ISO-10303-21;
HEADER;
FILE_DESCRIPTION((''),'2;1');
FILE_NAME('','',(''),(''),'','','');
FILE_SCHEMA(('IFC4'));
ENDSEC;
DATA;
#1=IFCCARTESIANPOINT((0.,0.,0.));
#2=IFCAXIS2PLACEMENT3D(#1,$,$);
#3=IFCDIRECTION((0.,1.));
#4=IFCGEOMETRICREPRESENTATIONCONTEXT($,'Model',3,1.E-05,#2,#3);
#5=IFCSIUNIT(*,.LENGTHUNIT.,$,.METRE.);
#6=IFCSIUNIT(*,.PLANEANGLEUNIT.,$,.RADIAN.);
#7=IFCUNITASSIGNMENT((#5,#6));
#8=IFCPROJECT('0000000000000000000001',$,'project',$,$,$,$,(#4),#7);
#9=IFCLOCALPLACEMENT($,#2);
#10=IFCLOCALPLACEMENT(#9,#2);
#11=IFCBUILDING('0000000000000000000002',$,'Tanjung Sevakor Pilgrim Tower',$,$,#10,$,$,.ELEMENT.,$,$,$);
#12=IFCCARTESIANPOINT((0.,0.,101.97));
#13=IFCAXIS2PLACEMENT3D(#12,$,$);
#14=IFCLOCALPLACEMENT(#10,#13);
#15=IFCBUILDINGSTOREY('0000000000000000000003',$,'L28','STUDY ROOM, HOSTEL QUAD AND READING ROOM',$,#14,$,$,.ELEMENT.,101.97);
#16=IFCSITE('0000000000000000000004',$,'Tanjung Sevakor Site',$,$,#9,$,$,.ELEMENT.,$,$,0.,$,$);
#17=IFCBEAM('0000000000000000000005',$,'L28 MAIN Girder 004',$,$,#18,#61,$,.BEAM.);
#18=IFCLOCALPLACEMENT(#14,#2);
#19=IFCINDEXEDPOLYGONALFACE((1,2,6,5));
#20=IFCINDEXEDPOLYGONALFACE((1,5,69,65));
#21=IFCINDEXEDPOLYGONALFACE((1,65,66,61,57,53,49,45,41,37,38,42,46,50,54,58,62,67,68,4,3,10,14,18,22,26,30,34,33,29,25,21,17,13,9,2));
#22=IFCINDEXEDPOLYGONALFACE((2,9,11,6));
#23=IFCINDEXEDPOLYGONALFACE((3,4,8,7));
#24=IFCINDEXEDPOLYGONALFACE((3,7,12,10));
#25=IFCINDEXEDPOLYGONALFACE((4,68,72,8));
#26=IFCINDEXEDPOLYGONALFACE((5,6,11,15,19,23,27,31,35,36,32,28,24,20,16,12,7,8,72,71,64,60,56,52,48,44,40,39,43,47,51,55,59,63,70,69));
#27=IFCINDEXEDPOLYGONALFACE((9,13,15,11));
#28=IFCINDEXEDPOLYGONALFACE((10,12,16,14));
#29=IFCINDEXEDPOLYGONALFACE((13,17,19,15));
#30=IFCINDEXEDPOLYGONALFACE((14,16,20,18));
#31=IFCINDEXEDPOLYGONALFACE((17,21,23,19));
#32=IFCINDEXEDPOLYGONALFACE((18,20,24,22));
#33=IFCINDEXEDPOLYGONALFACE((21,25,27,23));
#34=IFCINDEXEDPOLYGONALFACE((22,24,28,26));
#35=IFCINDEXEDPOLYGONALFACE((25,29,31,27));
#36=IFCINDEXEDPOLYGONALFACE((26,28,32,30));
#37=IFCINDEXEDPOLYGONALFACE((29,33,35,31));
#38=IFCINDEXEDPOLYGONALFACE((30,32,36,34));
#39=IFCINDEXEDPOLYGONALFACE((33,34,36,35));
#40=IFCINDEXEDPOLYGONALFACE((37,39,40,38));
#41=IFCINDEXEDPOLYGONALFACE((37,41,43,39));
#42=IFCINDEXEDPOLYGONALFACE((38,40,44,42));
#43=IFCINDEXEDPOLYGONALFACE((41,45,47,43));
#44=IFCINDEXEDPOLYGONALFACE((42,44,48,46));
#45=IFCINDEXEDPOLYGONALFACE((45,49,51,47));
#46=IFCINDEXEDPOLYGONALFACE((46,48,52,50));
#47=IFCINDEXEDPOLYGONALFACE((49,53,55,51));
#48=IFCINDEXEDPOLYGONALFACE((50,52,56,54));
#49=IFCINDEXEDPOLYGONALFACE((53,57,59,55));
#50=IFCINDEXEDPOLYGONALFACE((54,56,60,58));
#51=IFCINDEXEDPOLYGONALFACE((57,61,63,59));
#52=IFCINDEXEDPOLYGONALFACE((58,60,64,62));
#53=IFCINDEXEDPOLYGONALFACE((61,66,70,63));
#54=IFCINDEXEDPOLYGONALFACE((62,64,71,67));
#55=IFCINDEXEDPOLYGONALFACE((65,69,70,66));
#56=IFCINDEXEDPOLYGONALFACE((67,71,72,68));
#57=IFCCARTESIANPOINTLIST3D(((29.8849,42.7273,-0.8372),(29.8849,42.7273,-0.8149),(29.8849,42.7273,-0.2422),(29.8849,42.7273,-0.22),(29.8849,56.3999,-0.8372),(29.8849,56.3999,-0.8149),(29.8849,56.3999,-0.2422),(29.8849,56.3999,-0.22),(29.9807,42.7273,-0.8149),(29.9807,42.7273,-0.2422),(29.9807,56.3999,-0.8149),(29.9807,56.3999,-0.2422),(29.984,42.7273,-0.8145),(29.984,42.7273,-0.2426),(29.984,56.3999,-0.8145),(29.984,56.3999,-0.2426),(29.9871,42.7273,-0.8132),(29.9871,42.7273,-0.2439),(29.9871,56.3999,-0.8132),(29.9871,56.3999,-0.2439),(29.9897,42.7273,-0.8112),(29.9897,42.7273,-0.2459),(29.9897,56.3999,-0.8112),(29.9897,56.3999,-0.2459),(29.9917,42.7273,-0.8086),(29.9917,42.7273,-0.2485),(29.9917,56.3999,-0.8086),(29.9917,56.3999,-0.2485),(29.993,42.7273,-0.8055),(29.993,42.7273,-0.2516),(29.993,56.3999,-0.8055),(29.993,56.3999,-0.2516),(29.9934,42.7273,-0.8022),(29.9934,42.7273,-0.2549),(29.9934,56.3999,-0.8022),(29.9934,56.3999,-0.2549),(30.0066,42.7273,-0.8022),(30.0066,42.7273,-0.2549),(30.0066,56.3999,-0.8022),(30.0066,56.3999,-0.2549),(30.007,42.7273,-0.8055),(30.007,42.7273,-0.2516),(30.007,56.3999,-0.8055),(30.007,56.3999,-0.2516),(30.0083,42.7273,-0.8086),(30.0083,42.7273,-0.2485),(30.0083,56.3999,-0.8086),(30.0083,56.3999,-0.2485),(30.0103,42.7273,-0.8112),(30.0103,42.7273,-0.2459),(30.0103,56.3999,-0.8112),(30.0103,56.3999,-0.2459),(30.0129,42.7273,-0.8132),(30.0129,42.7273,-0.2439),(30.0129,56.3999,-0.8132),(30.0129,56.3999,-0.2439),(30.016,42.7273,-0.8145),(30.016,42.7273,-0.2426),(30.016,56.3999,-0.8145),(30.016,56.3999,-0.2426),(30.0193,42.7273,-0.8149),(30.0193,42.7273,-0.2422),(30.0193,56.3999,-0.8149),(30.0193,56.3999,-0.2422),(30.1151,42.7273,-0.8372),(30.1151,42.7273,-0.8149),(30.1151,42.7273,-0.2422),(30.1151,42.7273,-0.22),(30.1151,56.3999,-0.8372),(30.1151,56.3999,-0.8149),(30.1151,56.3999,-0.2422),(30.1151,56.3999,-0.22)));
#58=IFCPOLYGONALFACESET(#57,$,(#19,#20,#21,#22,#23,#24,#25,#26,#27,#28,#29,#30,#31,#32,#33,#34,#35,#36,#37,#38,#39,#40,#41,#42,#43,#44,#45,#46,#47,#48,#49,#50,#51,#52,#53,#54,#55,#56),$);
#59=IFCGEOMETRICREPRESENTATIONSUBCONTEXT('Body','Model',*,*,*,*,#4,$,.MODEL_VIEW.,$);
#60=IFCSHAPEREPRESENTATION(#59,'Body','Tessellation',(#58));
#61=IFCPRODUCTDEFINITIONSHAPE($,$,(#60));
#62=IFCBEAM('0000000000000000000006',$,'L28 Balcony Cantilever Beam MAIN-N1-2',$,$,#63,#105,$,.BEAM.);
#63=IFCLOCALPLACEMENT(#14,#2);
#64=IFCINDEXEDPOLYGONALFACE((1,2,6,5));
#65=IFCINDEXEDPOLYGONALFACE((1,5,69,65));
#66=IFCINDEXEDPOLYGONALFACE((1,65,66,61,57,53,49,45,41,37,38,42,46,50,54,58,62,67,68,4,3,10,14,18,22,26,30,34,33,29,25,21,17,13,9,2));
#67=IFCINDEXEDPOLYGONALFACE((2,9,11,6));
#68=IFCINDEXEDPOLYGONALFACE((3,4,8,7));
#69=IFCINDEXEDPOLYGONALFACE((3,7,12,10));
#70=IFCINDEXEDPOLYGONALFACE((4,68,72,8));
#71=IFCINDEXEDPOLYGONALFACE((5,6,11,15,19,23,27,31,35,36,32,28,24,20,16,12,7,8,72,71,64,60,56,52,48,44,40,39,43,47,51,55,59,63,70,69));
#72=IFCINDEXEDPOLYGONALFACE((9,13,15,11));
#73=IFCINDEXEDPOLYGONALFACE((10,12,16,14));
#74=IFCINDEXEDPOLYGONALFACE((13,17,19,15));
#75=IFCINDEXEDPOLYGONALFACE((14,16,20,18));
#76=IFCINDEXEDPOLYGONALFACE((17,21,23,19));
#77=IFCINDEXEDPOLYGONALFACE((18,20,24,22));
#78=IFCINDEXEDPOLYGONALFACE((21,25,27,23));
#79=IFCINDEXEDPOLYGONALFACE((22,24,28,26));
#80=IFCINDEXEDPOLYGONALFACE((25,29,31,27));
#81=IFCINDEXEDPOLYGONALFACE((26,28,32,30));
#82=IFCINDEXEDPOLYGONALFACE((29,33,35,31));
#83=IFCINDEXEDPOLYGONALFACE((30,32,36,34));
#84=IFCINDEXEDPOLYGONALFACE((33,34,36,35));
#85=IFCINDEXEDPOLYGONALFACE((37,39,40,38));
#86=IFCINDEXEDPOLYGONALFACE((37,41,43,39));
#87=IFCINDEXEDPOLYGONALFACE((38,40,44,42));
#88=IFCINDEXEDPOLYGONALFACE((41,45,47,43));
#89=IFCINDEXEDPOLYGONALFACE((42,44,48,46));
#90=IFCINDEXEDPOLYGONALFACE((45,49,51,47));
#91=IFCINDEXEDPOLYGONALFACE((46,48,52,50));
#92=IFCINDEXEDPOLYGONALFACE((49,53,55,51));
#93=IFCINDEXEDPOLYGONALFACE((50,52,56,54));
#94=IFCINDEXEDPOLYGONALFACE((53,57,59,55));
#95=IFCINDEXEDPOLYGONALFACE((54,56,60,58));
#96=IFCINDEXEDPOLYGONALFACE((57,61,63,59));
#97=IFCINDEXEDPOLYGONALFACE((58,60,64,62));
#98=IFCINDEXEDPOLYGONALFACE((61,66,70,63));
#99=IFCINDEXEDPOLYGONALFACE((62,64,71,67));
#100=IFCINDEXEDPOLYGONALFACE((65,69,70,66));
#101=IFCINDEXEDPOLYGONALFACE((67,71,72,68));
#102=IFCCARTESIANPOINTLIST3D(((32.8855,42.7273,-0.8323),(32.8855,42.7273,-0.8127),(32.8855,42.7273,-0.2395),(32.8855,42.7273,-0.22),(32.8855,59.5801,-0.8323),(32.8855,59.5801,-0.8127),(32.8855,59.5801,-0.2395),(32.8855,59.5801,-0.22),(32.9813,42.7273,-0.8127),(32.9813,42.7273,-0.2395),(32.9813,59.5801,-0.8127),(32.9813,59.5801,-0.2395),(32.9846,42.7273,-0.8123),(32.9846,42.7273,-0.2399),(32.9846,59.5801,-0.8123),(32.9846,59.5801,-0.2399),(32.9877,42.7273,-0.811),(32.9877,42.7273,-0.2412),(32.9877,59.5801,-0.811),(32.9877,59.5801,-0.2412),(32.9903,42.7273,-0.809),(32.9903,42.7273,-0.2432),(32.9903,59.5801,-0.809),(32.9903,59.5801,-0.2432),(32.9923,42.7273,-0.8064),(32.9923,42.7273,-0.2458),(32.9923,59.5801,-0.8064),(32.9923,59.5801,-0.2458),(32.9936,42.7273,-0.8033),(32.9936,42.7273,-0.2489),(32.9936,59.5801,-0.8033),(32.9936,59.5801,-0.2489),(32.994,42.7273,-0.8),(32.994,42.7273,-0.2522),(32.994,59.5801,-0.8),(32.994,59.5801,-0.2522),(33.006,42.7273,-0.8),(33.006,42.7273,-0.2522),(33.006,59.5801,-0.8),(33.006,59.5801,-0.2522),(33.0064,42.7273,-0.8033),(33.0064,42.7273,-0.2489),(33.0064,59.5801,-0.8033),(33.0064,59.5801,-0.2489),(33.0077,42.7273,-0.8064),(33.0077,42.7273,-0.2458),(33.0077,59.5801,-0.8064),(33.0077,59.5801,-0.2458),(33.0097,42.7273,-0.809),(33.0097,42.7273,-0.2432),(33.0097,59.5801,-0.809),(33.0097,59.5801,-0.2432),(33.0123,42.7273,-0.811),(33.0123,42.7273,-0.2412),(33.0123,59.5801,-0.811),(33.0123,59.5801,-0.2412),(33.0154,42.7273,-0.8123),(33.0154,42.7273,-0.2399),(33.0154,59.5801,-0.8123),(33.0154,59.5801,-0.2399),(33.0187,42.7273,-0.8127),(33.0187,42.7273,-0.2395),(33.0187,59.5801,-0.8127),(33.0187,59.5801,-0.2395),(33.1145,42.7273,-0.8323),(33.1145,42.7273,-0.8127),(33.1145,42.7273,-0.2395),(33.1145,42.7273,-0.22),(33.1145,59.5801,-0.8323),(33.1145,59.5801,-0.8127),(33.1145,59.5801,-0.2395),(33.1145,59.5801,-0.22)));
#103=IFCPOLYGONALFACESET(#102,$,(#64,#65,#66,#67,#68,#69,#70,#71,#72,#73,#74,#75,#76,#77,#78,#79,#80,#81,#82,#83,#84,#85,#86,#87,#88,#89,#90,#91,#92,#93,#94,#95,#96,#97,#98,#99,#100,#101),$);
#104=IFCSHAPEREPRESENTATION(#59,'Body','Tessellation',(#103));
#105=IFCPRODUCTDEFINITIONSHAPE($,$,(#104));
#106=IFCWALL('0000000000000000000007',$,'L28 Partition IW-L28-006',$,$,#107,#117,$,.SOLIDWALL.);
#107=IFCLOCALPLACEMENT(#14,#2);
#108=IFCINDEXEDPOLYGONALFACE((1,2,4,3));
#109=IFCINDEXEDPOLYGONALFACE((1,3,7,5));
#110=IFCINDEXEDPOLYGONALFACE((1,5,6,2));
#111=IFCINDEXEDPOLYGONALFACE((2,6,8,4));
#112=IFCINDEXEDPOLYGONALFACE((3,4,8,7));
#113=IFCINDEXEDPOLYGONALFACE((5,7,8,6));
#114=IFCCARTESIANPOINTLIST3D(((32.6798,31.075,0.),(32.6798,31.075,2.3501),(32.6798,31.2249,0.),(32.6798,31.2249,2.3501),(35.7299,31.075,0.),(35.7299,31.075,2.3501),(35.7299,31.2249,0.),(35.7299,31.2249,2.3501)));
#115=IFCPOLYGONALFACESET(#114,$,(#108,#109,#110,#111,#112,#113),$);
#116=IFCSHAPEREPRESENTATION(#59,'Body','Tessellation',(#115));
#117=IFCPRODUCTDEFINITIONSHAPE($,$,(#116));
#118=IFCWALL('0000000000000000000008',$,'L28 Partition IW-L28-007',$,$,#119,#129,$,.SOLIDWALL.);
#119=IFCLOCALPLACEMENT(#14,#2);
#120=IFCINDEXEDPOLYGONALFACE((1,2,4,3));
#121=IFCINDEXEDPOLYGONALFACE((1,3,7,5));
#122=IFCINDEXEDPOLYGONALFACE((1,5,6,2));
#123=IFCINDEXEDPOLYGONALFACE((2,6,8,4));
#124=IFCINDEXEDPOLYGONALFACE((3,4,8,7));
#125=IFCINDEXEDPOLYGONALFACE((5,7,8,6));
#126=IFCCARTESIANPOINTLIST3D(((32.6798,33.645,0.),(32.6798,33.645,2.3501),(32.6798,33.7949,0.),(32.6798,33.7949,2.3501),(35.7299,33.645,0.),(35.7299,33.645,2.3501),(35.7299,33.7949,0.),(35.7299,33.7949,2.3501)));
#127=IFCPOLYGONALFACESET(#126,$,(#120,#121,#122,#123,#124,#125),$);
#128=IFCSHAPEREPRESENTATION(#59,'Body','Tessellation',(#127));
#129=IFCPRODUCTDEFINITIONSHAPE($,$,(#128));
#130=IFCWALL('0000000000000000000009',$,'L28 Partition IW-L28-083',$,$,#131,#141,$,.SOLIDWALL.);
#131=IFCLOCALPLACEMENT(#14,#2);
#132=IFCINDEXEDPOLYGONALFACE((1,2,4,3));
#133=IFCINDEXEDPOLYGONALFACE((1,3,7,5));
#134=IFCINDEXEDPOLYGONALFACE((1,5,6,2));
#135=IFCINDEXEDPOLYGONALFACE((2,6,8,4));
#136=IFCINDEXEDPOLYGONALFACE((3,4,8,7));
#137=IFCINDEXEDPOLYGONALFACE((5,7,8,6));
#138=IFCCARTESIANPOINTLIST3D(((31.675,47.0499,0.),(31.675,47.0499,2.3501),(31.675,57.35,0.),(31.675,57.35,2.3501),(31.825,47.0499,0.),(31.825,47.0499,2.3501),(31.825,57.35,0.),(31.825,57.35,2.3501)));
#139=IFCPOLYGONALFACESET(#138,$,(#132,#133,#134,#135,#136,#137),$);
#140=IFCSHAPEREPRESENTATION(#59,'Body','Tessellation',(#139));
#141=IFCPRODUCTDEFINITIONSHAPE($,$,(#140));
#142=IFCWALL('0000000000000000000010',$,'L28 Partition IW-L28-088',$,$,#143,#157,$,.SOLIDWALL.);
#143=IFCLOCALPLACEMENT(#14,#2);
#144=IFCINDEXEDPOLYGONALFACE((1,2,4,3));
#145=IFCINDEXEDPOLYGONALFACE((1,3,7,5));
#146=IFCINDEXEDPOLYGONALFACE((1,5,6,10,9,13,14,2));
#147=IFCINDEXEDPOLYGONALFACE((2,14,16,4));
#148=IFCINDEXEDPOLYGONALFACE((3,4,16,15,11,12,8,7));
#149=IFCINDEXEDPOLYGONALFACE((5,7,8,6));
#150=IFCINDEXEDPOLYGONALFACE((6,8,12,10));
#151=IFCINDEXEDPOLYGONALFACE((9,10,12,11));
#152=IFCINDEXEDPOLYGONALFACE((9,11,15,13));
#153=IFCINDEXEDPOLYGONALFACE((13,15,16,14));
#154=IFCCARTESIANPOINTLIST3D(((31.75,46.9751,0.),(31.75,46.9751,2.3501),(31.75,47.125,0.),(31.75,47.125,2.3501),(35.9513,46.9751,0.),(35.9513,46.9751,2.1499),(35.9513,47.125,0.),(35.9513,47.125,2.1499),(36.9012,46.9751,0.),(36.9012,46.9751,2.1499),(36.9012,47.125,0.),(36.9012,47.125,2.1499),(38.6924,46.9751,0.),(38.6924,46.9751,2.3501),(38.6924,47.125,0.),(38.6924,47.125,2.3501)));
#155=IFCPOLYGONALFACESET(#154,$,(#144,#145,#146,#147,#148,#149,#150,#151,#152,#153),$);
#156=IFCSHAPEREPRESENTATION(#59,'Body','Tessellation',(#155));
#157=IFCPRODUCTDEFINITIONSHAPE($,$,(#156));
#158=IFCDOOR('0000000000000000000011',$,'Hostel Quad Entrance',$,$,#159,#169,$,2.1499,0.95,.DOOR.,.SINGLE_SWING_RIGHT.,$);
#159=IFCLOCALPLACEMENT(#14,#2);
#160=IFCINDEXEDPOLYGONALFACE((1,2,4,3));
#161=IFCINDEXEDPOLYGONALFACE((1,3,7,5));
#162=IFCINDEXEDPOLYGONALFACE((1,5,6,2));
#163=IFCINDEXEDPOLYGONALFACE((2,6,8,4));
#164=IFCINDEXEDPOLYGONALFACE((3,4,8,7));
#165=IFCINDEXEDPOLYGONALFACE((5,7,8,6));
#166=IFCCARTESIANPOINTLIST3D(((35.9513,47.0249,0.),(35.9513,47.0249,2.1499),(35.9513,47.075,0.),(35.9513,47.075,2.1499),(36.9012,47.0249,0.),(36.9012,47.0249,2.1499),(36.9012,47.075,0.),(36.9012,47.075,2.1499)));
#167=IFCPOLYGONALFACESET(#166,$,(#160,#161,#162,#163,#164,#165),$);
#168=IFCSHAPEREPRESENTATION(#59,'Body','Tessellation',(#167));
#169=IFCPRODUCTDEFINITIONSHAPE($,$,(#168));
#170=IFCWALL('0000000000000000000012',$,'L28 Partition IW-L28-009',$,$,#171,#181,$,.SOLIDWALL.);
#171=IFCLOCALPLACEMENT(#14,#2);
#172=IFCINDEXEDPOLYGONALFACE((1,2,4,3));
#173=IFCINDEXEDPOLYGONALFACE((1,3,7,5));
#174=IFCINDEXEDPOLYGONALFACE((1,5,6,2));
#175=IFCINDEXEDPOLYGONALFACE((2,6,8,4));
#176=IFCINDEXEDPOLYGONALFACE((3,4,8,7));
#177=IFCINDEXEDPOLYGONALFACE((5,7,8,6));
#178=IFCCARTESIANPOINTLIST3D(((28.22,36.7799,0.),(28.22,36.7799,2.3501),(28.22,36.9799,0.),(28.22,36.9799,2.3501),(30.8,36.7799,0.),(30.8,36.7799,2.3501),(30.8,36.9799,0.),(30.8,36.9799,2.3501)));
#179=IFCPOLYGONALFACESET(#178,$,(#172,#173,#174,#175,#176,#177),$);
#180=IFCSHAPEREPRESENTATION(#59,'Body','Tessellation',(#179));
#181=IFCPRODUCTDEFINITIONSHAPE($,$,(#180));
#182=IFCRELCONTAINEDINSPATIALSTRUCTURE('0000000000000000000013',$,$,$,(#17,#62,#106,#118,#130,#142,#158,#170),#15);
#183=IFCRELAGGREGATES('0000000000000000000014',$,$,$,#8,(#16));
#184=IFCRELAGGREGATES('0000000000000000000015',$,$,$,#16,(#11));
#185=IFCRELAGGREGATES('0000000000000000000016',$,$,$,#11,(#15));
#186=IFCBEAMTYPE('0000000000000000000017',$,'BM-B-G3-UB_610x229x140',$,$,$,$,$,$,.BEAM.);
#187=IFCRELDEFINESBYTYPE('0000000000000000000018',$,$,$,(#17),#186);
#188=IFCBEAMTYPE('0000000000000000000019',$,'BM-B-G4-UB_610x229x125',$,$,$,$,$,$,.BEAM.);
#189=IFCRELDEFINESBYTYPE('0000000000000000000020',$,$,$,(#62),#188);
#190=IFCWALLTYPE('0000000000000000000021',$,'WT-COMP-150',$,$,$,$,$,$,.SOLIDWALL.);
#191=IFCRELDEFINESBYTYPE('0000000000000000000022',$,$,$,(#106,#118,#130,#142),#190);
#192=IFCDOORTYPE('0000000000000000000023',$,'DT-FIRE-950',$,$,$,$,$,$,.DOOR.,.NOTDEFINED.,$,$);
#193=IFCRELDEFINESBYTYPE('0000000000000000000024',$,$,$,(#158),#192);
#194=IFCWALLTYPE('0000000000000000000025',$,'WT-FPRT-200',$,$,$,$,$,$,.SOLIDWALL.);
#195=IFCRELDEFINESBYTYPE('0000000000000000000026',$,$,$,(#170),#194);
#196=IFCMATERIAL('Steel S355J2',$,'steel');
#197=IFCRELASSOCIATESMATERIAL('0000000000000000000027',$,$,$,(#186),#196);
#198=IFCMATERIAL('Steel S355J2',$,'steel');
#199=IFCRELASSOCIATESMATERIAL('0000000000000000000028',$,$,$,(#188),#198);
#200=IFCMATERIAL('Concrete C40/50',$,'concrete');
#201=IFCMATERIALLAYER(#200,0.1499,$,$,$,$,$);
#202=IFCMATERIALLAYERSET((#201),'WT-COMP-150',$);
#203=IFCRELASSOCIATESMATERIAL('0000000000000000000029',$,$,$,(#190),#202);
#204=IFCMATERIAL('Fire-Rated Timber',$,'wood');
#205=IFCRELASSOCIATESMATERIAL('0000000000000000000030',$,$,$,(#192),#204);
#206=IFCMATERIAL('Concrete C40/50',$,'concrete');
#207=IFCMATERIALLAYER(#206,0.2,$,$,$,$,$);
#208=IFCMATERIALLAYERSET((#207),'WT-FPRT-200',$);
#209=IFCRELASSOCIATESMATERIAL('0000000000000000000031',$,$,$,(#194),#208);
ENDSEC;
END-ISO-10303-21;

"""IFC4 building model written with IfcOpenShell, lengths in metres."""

from ifc_helpers import new_model, si_unit, direction, frame, frame_2d, origin, origin_2d, place, context, subcontext, project, spatial, rectangle, i_section, extrude, material, layer, layer_set, material_profile, profile_set, type_object, element, fill, save


model = new_model("IFC4")

# Units and contexts
model_context = context("Model", 3, precision=1e-05, world=origin(), true_north=direction((0.0, 1.0)))
body_context = subcontext(model_context, "Body", "Model", "MODEL_VIEW")
ifc_project = project(units=[si_unit("LENGTHUNIT", "METRE"), si_unit("PLANEANGLEUNIT", "RADIAN")], contexts=[model_context])

# Site, building, storey
site_placement = place(None, origin())
site = spatial("IfcSite", under=ifc_project, at=site_placement, Name="Tanjung Sevakor Site", CompositionType="ELEMENT", RefElevation=0.0)
building_placement = place(site_placement, origin())
building = spatial("IfcBuilding", under=site, at=building_placement, Name="Tanjung Sevakor Pilgrim Tower", CompositionType="ELEMENT")
storey_placement = place(building_placement, frame((0.0, 0.0, 101.97)))
storey = spatial("IfcBuildingStorey", under=building, at=storey_placement, Name="L28", Description="STUDY ROOM, HOSTEL QUAD AND READING ROOM", CompositionType="ELEMENT", Elevation=101.97)

# Beams
ifc_material_1 = material(Name="Steel S355J2", Category="steel")
ifc_material_profile_1 = material_profile(ifc_material_1, i_section(OverallWidth=0.2302, OverallDepth=0.6172, WebThickness=0.0132, FlangeThickness=0.0222, FilletRadius=0.0127, at=origin_2d()))
ifc_profile_set_1 = profile_set([ifc_material_profile_1], Name="Steel S355J2")
beam_type_1 = type_object("IfcBeamType", Name="BM-B-G3-UB_610x229x140", PredefinedType="BEAM", material=ifc_profile_set_1)
beam_1_placement = place(storey_placement, frame((30.0, 42.7273, -0.5286), z_axis=(0.0, 1.0, 0.0), x_axis=(-1.0, 0.0, 0.0)))
element("IfcBeam", 1, at=beam_1_placement, inside=storey, type_object=beam_type_1, Name="L28 MAIN Girder 004", PredefinedType="BEAM", context=body_context, shape_type="SweptSolid", body=[
    extrude(i_section(OverallWidth=0.2302, OverallDepth=0.6172, WebThickness=0.0132, FlangeThickness=0.0222, FilletRadius=0.0127, at=origin_2d()), origin(), (0.0, 0.0, 1.0), 13.6726),
])
ifc_material_2 = material(Name="Steel S355J2", Category="steel")
ifc_material_profile_2 = material_profile(ifc_material_2, i_section(OverallWidth=0.229, OverallDepth=0.6123, WebThickness=0.012, FlangeThickness=0.0195, FilletRadius=0.0127, at=origin_2d()))
ifc_profile_set_2 = profile_set([ifc_material_profile_2], Name="Steel S355J2")
beam_type_2 = type_object("IfcBeamType", Name="BM-B-G4-UB_610x229x125", PredefinedType="BEAM", material=ifc_profile_set_2)
beam_2_placement = place(storey_placement, frame((33.0, 42.7273, -0.5261), z_axis=(0.0, 1.0, 0.0), x_axis=(-1.0, 0.0, 0.0)))
element("IfcBeam", 2, at=beam_2_placement, inside=storey, type_object=beam_type_2, Name="L28 Balcony Cantilever Beam MAIN-N1-2", PredefinedType="BEAM", context=body_context, shape_type="SweptSolid", body=[
    extrude(i_section(OverallWidth=0.229, OverallDepth=0.6123, WebThickness=0.012, FlangeThickness=0.0195, FilletRadius=0.0127, at=origin_2d()), origin(), (0.0, 0.0, 1.0), 16.8528),
])

# Shared definitions
ifc_material_3 = material(Name="Concrete C40/50", Category="concrete")
ifc_layer_1 = layer(ifc_material_3, 0.1499)
ifc_layer_set_1 = layer_set([ifc_layer_1], Name="WT-COMP-150")
wall_type_1 = type_object("IfcWallType", Name="WT-COMP-150", PredefinedType="SOLIDWALL", material=ifc_layer_set_1)
ifc_material_4 = material(Name="Fire-Rated Timber", Category="wood")
door_type_1 = type_object("IfcDoorType", Name="DT-FIRE-950", OperationType="NOTDEFINED", PredefinedType="DOOR", material=ifc_material_4)

# Walls
for number, where, z_axis, x_axis, name in (
    (3, (32.6799, 31.1499, 0.0), (0.0, 0.0, 1.0), (1.0, 0.0, 0.0), "L28 Partition IW-L28-006"),
    (4, (32.6799, 33.72, 0.0), (0.0, 0.0, 1.0), (1.0, 0.0, 0.0), "L28 Partition IW-L28-007"),
):
    element("IfcWall", number, at=place(storey_placement, frame(where, z_axis=z_axis, x_axis=x_axis)), inside=storey, type_object=wall_type_1, Name=name, PredefinedType="SOLIDWALL", context=body_context, shape_type="SweptSolid", body=[
        extrude(rectangle(XDim=3.05, YDim=0.1499, at=frame_2d((1.5249, 0.0))), origin(), (0.0, 0.0, 1.0), 2.3501),
    ])

# Wall
wall_1_placement = place(storey_placement, frame((31.75, 47.05, 0.0), z_axis=(0.0, 0.0, 1.0), x_axis=(0.0, 1.0, 0.0)))
element("IfcWall", 5, at=wall_1_placement, inside=storey, type_object=wall_type_1, Name="L28 Partition IW-L28-083", PredefinedType="SOLIDWALL", context=body_context, shape_type="SweptSolid", body=[
    extrude(rectangle(XDim=10.3, YDim=0.1499, at=frame_2d((5.1499, 0.0))), origin(), (0.0, 0.0, 1.0), 2.3501),
])

# Wall, opening, door
wall_2_placement = place(storey_placement, frame((31.75, 47.05, 0.0), z_axis=(0.0, 0.0, 1.0), x_axis=(1.0, 0.0, 0.0)))
wall_2 = element("IfcWall", 6, at=wall_2_placement, inside=storey, type_object=wall_type_1, Name="L28 Partition IW-L28-088", PredefinedType="SOLIDWALL", context=body_context, shape_type="SweptSolid", body=[
    extrude(rectangle(XDim=6.9424, YDim=0.1499, at=frame_2d((3.4712, 0.0))), origin(), (0.0, 0.0, 1.0), 2.3501),
])
opening_1_placement = place(wall_2_placement, frame((4.2012, 0.0, 0.0)))
opening_1 = element("IfcOpeningElement", 7, at=opening_1_placement, cuts=wall_2, PredefinedType="OPENING", context=body_context, shape_type="SweptSolid", body=[
    extrude(rectangle(XDim=0.95, YDim=2.1499, at=frame_2d((0.4751, 1.075))), frame((0.0, 0.085, 0.0), z_axis=(0.0, -1.0, 0.0), x_axis=(1.0, 0.0, 0.0)), (0.0, 0.0, 1.0), 0.1699),
])
door_1_placement = place(opening_1_placement, origin())
door_1 = element("IfcDoor", 8, at=door_1_placement, inside=storey, type_object=door_type_1, Name="Hostel Quad Entrance", OperationType="SINGLE_SWING_RIGHT", OverallHeight=2.1499, OverallWidth=0.95, PredefinedType="DOOR", context=body_context, shape_type="SweptSolid", body=[
    extrude(rectangle(XDim=0.95, YDim=2.1499, at=frame_2d((0.4751, 1.075))), frame((0.0, 0.0249, 0.0), z_axis=(0.0, -1.0, 0.0), x_axis=(1.0, 0.0, 0.0)), (0.0, 0.0, 1.0), 0.05),
])
fill(opening_1, door_1)

# Wall
ifc_material_5 = material(Name="Concrete C40/50", Category="concrete")
ifc_layer_2 = layer(ifc_material_5, 0.2)
ifc_layer_set_2 = layer_set([ifc_layer_2], Name="WT-FPRT-200")
wall_type_2 = type_object("IfcWallType", Name="WT-FPRT-200", PredefinedType="SOLIDWALL", material=ifc_layer_set_2)
wall_3_placement = place(storey_placement, frame((28.22, 36.8799, 0.0), z_axis=(0.0, 0.0, 1.0), x_axis=(1.0, 0.0, 0.0)))
element("IfcWall", 9, at=wall_3_placement, inside=storey, type_object=wall_type_2, Name="L28 Partition IW-L28-009", PredefinedType="SOLIDWALL", context=body_context, shape_type="SweptSolid", body=[
    extrude(rectangle(XDim=2.5801, YDim=0.2, at=frame_2d((1.29, 0.0))), origin(), (0.0, 0.0, 1.0), 2.3501),
])

save(model, "model.ifc")
